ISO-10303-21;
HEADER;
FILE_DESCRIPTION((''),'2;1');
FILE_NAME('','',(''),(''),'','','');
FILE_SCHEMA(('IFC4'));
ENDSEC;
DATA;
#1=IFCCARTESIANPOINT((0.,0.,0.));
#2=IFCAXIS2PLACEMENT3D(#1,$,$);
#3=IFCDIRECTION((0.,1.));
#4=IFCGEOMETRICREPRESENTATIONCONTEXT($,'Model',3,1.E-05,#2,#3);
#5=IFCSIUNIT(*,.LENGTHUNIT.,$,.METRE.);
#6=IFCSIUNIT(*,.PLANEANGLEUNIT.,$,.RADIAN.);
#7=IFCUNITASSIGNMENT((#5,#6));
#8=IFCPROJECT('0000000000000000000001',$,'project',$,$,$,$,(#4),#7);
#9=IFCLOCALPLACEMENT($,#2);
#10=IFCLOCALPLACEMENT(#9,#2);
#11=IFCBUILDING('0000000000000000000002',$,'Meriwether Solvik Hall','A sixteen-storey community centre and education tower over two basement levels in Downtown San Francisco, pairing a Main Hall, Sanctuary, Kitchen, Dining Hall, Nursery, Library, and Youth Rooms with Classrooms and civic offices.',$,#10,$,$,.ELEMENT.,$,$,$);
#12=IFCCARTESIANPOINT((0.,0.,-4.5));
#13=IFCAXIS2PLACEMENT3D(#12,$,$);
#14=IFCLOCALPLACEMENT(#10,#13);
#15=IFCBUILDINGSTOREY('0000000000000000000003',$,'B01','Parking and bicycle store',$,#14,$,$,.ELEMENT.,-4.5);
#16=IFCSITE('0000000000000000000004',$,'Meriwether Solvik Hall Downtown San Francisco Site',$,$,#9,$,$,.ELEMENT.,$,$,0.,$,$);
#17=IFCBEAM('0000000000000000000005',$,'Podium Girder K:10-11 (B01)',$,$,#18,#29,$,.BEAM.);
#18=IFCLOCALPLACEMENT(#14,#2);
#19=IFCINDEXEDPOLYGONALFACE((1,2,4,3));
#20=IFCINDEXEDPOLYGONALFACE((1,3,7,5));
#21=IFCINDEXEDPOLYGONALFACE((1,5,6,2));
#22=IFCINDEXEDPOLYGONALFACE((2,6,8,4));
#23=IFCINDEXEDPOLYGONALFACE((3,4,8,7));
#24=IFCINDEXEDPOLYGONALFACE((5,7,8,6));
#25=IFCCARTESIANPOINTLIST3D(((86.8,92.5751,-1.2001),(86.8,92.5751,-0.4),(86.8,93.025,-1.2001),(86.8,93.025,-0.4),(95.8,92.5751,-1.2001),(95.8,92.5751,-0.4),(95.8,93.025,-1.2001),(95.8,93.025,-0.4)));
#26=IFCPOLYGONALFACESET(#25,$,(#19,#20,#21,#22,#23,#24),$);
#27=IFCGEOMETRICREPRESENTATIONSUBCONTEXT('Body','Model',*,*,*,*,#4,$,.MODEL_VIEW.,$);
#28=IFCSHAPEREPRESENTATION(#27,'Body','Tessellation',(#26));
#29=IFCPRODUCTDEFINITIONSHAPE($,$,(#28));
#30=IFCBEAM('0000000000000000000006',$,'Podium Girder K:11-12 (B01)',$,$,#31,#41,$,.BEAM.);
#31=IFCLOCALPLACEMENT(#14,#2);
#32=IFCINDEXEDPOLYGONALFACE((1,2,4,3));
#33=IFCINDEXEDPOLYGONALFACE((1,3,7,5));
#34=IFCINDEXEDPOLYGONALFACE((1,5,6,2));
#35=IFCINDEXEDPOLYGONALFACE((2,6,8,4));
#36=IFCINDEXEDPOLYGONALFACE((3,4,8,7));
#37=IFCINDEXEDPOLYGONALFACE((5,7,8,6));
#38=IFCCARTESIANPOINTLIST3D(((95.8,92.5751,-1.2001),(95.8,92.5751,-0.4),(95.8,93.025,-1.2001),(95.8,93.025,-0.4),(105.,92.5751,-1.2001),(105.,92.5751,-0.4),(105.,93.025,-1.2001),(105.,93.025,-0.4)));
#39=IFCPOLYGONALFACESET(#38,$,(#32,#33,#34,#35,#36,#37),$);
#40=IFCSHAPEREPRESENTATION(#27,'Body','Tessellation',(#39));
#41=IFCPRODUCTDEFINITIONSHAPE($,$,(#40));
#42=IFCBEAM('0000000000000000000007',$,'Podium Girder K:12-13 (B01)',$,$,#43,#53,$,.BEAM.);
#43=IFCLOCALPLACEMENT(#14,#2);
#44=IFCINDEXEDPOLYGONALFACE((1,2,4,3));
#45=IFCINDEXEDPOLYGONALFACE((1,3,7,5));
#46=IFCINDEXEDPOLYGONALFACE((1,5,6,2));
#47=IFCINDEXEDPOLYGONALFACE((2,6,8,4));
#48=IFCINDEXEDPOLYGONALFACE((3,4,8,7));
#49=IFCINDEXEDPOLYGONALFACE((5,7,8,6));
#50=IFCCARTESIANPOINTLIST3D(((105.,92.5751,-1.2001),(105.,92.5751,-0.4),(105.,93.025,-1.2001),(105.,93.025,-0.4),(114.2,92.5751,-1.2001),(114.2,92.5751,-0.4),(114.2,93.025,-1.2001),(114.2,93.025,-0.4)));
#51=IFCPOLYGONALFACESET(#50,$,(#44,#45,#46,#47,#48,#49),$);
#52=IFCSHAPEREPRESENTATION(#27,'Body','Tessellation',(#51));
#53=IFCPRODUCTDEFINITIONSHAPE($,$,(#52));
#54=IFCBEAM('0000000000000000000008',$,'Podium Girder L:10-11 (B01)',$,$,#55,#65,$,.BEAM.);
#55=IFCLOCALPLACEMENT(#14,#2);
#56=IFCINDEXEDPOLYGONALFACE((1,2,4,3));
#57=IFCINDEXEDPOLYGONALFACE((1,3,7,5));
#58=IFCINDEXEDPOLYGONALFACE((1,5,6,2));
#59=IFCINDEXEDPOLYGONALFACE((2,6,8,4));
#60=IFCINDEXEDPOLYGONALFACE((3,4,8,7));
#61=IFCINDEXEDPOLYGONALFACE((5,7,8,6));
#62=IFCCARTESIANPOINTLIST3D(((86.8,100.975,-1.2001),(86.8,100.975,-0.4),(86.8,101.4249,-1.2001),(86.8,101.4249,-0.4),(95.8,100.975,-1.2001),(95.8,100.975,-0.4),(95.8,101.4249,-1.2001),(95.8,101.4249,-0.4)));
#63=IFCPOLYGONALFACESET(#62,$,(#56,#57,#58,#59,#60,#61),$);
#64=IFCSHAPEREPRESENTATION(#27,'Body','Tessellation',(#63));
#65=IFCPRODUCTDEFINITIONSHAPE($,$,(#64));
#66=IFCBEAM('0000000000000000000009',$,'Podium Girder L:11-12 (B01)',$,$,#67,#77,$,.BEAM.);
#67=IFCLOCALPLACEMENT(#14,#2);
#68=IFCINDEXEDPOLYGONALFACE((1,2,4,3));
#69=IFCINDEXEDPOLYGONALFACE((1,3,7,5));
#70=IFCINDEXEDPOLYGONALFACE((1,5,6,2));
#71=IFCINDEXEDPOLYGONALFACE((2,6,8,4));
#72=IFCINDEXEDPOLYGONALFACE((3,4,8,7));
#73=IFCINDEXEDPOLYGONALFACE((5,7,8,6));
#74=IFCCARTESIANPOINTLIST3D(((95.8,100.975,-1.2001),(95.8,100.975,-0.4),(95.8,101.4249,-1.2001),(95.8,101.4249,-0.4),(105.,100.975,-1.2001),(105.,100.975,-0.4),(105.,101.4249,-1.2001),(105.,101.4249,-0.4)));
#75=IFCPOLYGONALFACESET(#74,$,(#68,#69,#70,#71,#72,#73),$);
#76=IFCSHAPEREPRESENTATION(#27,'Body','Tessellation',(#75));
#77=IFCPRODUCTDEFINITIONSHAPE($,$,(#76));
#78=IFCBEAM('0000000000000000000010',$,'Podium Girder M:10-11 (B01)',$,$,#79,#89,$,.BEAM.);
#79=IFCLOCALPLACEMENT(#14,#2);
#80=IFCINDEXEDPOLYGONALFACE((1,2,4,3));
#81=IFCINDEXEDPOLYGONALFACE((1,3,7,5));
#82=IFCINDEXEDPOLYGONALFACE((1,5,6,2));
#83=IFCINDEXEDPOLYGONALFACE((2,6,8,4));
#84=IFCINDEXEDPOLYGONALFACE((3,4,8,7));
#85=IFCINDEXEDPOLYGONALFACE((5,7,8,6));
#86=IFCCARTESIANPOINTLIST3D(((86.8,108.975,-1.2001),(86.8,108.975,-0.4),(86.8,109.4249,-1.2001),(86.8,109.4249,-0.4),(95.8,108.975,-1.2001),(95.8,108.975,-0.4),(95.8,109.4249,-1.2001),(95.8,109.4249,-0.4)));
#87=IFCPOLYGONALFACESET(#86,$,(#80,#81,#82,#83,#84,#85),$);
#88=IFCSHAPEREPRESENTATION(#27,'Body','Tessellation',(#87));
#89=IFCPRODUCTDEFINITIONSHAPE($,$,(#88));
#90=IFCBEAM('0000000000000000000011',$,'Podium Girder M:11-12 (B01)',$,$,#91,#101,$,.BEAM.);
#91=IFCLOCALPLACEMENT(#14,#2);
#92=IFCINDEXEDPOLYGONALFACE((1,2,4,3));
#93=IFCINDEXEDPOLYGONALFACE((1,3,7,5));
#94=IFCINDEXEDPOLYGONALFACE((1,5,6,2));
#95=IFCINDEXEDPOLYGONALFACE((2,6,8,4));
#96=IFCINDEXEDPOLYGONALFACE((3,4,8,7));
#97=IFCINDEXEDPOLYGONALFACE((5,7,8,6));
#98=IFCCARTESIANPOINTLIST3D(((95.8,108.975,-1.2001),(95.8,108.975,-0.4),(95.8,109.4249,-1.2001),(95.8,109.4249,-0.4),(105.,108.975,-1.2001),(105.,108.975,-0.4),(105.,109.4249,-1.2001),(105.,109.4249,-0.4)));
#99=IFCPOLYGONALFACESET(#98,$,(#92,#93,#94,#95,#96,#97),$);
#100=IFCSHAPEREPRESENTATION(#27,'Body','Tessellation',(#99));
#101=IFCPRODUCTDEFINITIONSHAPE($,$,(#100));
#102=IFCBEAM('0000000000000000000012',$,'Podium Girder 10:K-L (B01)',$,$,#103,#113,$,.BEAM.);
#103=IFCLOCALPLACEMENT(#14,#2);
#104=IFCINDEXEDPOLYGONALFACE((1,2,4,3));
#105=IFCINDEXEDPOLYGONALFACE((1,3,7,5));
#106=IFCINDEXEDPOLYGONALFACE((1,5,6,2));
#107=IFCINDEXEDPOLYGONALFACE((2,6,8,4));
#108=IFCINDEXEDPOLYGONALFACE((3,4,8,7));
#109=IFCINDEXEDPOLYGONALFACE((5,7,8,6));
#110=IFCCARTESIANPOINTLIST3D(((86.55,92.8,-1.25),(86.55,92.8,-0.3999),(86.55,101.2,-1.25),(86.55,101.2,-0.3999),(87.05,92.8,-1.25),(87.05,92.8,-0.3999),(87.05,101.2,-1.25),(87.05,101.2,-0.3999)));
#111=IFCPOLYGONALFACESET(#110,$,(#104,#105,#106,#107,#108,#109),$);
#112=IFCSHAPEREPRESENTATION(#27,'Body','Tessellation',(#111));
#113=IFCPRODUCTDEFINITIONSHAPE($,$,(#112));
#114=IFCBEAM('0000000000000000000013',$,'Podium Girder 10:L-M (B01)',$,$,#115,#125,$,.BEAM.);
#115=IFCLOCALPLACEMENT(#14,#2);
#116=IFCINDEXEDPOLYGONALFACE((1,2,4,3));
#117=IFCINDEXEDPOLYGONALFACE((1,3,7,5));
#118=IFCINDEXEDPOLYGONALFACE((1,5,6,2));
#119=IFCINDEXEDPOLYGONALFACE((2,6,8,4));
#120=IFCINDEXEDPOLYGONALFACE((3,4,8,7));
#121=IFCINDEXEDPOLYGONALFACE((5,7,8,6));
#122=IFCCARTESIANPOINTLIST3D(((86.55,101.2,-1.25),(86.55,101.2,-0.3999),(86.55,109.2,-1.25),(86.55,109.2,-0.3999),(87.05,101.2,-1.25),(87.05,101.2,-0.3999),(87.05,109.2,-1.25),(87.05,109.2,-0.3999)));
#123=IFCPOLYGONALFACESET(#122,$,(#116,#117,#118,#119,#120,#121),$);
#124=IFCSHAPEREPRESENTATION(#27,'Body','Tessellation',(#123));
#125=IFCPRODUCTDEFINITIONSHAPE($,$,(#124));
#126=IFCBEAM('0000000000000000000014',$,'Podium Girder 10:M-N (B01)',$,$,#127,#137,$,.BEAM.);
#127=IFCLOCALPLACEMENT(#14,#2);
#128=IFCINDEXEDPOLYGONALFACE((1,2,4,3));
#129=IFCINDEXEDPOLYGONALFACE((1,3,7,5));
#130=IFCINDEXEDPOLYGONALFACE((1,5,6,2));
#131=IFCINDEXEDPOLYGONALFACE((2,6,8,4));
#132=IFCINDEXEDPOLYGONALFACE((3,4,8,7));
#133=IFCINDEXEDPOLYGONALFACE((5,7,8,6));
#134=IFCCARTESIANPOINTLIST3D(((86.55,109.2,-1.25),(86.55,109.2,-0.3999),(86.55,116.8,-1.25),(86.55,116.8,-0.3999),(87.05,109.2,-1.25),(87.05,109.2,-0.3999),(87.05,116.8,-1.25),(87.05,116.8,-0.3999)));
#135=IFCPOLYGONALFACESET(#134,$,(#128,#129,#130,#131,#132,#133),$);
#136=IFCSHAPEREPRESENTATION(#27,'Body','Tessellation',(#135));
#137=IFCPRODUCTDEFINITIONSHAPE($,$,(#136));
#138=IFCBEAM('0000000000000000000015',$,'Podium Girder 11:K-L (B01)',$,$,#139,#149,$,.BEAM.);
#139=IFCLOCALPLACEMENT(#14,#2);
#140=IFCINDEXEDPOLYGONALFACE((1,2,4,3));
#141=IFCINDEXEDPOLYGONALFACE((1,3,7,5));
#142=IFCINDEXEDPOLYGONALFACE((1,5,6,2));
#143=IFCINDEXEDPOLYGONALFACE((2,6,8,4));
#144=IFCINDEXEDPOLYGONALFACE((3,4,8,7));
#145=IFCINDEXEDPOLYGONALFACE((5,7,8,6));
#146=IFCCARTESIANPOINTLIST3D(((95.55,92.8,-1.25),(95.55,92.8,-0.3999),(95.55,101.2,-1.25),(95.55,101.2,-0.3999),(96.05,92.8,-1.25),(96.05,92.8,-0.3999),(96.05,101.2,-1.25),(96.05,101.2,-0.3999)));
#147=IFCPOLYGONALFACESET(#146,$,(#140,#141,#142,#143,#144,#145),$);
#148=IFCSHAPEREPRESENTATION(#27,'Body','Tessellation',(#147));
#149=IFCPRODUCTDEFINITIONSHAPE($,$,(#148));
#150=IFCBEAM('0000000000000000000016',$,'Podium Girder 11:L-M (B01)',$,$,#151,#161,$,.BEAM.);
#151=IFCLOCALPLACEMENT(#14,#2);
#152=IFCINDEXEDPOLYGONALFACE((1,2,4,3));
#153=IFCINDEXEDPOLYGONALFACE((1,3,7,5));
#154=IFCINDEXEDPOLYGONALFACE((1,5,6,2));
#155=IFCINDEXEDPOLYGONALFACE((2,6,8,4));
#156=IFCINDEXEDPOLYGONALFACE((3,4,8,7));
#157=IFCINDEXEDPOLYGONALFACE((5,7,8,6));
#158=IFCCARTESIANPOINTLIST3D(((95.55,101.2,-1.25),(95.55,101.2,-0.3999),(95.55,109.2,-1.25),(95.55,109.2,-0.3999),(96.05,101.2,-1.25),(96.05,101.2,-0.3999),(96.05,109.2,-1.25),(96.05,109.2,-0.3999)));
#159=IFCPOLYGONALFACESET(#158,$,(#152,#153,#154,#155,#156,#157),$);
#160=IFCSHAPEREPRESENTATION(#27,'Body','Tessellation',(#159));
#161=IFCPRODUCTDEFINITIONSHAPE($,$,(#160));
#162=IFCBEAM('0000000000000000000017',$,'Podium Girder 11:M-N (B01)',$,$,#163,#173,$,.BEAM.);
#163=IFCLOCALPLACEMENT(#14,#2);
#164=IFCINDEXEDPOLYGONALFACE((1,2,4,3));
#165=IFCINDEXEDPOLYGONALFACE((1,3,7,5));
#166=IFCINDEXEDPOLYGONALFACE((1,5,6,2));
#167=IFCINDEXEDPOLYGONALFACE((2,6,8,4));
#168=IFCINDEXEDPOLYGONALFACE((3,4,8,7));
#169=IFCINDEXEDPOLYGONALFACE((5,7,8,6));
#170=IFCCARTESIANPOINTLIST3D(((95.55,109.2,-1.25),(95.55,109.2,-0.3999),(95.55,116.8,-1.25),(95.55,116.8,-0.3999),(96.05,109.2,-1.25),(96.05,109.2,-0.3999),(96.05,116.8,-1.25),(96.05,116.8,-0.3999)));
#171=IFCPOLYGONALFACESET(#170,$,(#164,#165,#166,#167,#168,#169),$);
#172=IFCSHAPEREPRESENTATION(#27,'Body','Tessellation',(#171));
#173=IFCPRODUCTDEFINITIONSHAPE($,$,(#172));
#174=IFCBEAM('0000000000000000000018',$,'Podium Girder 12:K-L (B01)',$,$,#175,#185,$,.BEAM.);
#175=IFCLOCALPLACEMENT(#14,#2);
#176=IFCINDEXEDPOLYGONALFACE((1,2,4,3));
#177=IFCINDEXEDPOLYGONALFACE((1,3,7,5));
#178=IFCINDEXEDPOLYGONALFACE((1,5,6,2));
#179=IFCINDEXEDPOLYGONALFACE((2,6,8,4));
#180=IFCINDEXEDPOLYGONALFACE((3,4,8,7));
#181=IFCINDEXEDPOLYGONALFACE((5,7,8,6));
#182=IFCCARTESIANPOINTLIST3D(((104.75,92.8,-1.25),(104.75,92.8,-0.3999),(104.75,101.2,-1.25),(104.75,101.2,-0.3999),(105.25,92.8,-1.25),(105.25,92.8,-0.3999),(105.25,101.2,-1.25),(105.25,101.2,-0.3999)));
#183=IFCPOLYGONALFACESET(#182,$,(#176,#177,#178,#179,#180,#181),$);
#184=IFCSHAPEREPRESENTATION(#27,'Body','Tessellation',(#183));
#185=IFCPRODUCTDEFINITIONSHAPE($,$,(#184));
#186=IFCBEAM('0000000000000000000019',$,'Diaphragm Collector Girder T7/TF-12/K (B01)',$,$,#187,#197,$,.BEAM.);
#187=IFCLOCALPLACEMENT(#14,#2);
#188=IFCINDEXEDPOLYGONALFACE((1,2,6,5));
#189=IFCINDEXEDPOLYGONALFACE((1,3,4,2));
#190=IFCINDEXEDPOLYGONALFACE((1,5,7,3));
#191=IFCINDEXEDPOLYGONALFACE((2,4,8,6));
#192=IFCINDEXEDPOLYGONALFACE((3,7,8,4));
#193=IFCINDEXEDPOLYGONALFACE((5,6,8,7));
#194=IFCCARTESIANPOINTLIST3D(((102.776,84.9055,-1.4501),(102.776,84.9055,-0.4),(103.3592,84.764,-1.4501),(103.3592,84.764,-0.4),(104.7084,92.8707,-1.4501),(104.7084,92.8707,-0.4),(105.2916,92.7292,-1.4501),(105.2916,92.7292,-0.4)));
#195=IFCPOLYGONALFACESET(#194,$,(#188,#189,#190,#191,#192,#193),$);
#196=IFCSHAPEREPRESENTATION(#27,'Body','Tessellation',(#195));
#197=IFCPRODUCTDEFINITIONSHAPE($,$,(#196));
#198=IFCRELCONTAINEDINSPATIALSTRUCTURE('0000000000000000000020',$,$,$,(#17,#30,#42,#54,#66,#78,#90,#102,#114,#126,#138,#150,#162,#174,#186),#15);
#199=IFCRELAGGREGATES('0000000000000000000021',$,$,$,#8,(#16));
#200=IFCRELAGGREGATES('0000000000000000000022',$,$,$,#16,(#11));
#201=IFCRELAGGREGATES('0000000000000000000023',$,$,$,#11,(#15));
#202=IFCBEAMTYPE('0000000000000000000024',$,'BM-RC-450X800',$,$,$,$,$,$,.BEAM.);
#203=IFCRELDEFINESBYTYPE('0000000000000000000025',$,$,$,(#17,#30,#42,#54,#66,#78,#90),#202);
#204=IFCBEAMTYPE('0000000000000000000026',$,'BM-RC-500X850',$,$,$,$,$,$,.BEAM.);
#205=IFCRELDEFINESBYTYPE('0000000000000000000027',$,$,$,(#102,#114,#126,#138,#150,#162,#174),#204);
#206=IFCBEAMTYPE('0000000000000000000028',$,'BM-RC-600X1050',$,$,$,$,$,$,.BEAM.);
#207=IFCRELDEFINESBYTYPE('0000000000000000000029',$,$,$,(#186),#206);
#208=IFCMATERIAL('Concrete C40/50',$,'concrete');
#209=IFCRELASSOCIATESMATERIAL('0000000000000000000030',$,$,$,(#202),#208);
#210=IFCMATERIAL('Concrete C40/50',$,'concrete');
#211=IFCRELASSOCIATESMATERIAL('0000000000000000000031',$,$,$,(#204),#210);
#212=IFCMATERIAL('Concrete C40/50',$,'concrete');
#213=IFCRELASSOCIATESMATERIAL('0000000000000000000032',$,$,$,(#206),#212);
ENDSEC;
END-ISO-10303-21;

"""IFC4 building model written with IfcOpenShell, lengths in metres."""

from ifc_helpers import new_model, si_unit, direction, frame, origin, origin_2d, place, context, subcontext, project, spatial, rectangle, extrude, material, material_profile, profile_set, type_object, element, save


model = new_model("IFC4")

# Units and contexts
model_context = context("Model", 3, precision=1e-05, world=origin(), true_north=direction((0.0, 1.0)))
body_context = subcontext(model_context, "Body", "Model", "MODEL_VIEW")
ifc_project = project(units=[si_unit("LENGTHUNIT", "METRE"), si_unit("PLANEANGLEUNIT", "RADIAN")], contexts=[model_context])

# Site, building, storey
site_placement = place(None, origin())
site = spatial("IfcSite", under=ifc_project, at=site_placement, Name="Meriwether Solvik Hall Downtown San Francisco Site", CompositionType="ELEMENT", RefElevation=0.0)
building_placement = place(site_placement, origin())
building = spatial("IfcBuilding", under=site, at=building_placement, Name="Meriwether Solvik Hall", Description="A sixteen-storey community centre and education tower over two basement levels in Downtown San Francisco, pairing a Main Hall, Sanctuary, Kitchen, Dining Hall, Nursery, Library, and Youth Rooms with Classrooms and civic offices.", CompositionType="ELEMENT")
storey_placement = place(building_placement, frame((0.0, 0.0, -4.5)))
storey = spatial("IfcBuildingStorey", under=building, at=storey_placement, Name="B01", Description="Parking and bicycle store", CompositionType="ELEMENT", Elevation=-4.5)

# Beams
ifc_material_1 = material(Name="Concrete C40/50", Category="concrete")
ifc_material_profile_1 = material_profile(ifc_material_1, rectangle(XDim=0.45, YDim=0.8, at=origin_2d()), Name="RCB-450X800")
ifc_profile_set_1 = profile_set([ifc_material_profile_1], Name="Concrete C40/50")
beam_type_1 = type_object("IfcBeamType", Name="BM-RC-450X800", PredefinedType="BEAM", material=ifc_profile_set_1)
beam_1_placement = place(storey_placement, frame((86.8, 92.8, -0.8), z_axis=(1.0, 0.0, 0.0), x_axis=(0.0, 1.0, 0.0)))
element("IfcBeam", 1, at=beam_1_placement, inside=storey, type_object=beam_type_1, Name="Podium Girder K:10-11 (B01)", PredefinedType="BEAM", context=body_context, shape_type="SweptSolid", body=[
    extrude(rectangle(XDim=0.45, YDim=0.8, at=origin_2d()), origin(), (0.0, 0.0, 1.0), 9.0),
])
for number, where, z_axis, x_axis, name in (
    (2, (95.8, 92.8, -0.8), (1.0, 0.0, 0.0), (0.0, 1.0, 0.0), "Podium Girder K:11-12 (B01)"),
    (3, (105.0, 92.8, -0.8), (1.0, 0.0, 0.0), (0.0, 1.0, 0.0), "Podium Girder K:12-13 (B01)"),
):
    element("IfcBeam", number, at=place(storey_placement, frame(where, z_axis=z_axis, x_axis=x_axis)), inside=storey, type_object=beam_type_1, Name=name, PredefinedType="BEAM", context=body_context, shape_type="SweptSolid", body=[
        extrude(rectangle(XDim=0.45, YDim=0.8, at=origin_2d()), origin(), (0.0, 0.0, 1.0), 9.2),
    ])
beam_2_placement = place(storey_placement, frame((86.8, 101.2, -0.8), z_axis=(1.0, 0.0, 0.0), x_axis=(0.0, 1.0, 0.0)))
element("IfcBeam", 4, at=beam_2_placement, inside=storey, type_object=beam_type_1, Name="Podium Girder L:10-11 (B01)", PredefinedType="BEAM", context=body_context, shape_type="SweptSolid", body=[
    extrude(rectangle(XDim=0.45, YDim=0.8, at=origin_2d()), origin(), (0.0, 0.0, 1.0), 9.0),
])
beam_3_placement = place(storey_placement, frame((95.8, 101.2, -0.8), z_axis=(1.0, 0.0, 0.0), x_axis=(0.0, 1.0, 0.0)))
element("IfcBeam", 5, at=beam_3_placement, inside=storey, type_object=beam_type_1, Name="Podium Girder L:11-12 (B01)", PredefinedType="BEAM", context=body_context, shape_type="SweptSolid", body=[
    extrude(rectangle(XDim=0.45, YDim=0.8, at=origin_2d()), origin(), (0.0, 0.0, 1.0), 9.2),
])
beam_4_placement = place(storey_placement, frame((86.8, 109.2, -0.8), z_axis=(1.0, 0.0, 0.0), x_axis=(0.0, 1.0, 0.0)))
element("IfcBeam", 6, at=beam_4_placement, inside=storey, type_object=beam_type_1, Name="Podium Girder M:10-11 (B01)", PredefinedType="BEAM", context=body_context, shape_type="SweptSolid", body=[
    extrude(rectangle(XDim=0.45, YDim=0.8, at=origin_2d()), origin(), (0.0, 0.0, 1.0), 9.0),
])
beam_5_placement = place(storey_placement, frame((95.8, 109.2, -0.8), z_axis=(1.0, 0.0, 0.0), x_axis=(0.0, 1.0, 0.0)))
element("IfcBeam", 7, at=beam_5_placement, inside=storey, type_object=beam_type_1, Name="Podium Girder M:11-12 (B01)", PredefinedType="BEAM", context=body_context, shape_type="SweptSolid", body=[
    extrude(rectangle(XDim=0.45, YDim=0.8, at=origin_2d()), origin(), (0.0, 0.0, 1.0), 9.2),
])
ifc_material_2 = material(Name="Concrete C40/50", Category="concrete")
ifc_material_profile_2 = material_profile(ifc_material_2, rectangle(XDim=0.5, YDim=0.8501, at=origin_2d()), Name="RCB-500X850")
ifc_profile_set_2 = profile_set([ifc_material_profile_2], Name="Concrete C40/50")
beam_type_2 = type_object("IfcBeamType", Name="BM-RC-500X850", PredefinedType="BEAM", material=ifc_profile_set_2)
beam_6_placement = place(storey_placement, frame((86.8, 92.8, -0.825), z_axis=(0.0, 1.0, 0.0), x_axis=(-1.0, 0.0, 0.0)))
element("IfcBeam", 8, at=beam_6_placement, inside=storey, type_object=beam_type_2, Name="Podium Girder 10:K-L (B01)", PredefinedType="BEAM", context=body_context, shape_type="SweptSolid", body=[
    extrude(rectangle(XDim=0.5, YDim=0.8501, at=origin_2d()), origin(), (0.0, 0.0, 1.0), 8.3999),
])
beam_7_placement = place(storey_placement, frame((86.8, 101.2, -0.825), z_axis=(0.0, 1.0, 0.0), x_axis=(-1.0, 0.0, 0.0)))
element("IfcBeam", 9, at=beam_7_placement, inside=storey, type_object=beam_type_2, Name="Podium Girder 10:L-M (B01)", PredefinedType="BEAM", context=body_context, shape_type="SweptSolid", body=[
    extrude(rectangle(XDim=0.5, YDim=0.8501, at=origin_2d()), origin(), (0.0, 0.0, 1.0), 8.0),
])
beam_8_placement = place(storey_placement, frame((86.8, 109.2, -0.825), z_axis=(0.0, 1.0, 0.0), x_axis=(-1.0, 0.0, 0.0)))
element("IfcBeam", 10, at=beam_8_placement, inside=storey, type_object=beam_type_2, Name="Podium Girder 10:M-N (B01)", PredefinedType="BEAM", context=body_context, shape_type="SweptSolid", body=[
    extrude(rectangle(XDim=0.5, YDim=0.8501, at=origin_2d()), origin(), (0.0, 0.0, 1.0), 7.6001),
])
beam_9_placement = place(storey_placement, frame((95.8, 92.8, -0.825), z_axis=(0.0, 1.0, 0.0), x_axis=(-1.0, 0.0, 0.0)))
element("IfcBeam", 11, at=beam_9_placement, inside=storey, type_object=beam_type_2, Name="Podium Girder 11:K-L (B01)", PredefinedType="BEAM", context=body_context, shape_type="SweptSolid", body=[
    extrude(rectangle(XDim=0.5, YDim=0.8501, at=origin_2d()), origin(), (0.0, 0.0, 1.0), 8.3999),
])
beam_10_placement = place(storey_placement, frame((95.8, 101.2, -0.825), z_axis=(0.0, 1.0, 0.0), x_axis=(-1.0, 0.0, 0.0)))
element("IfcBeam", 12, at=beam_10_placement, inside=storey, type_object=beam_type_2, Name="Podium Girder 11:L-M (B01)", PredefinedType="BEAM", context=body_context, shape_type="SweptSolid", body=[
    extrude(rectangle(XDim=0.5, YDim=0.8501, at=origin_2d()), origin(), (0.0, 0.0, 1.0), 8.0),
])
beam_11_placement = place(storey_placement, frame((95.8, 109.2, -0.825), z_axis=(0.0, 1.0, 0.0), x_axis=(-1.0, 0.0, 0.0)))
element("IfcBeam", 13, at=beam_11_placement, inside=storey, type_object=beam_type_2, Name="Podium Girder 11:M-N (B01)", PredefinedType="BEAM", context=body_context, shape_type="SweptSolid", body=[
    extrude(rectangle(XDim=0.5, YDim=0.8501, at=origin_2d()), origin(), (0.0, 0.0, 1.0), 7.6001),
])
beam_12_placement = place(storey_placement, frame((105.0, 92.8, -0.825), z_axis=(0.0, 1.0, 0.0), x_axis=(-1.0, 0.0, 0.0)))
element("IfcBeam", 14, at=beam_12_placement, inside=storey, type_object=beam_type_2, Name="Podium Girder 12:K-L (B01)", PredefinedType="BEAM", context=body_context, shape_type="SweptSolid", body=[
    extrude(rectangle(XDim=0.5, YDim=0.8501, at=origin_2d()), origin(), (0.0, 0.0, 1.0), 8.3999),
])
ifc_material_3 = material(Name="Concrete C40/50", Category="concrete")
ifc_material_profile_3 = material_profile(ifc_material_3, rectangle(XDim=0.6001, YDim=1.05, at=origin_2d()), Name="RCB-600X1050")
ifc_profile_set_3 = profile_set([ifc_material_profile_3], Name="Concrete C40/50")
beam_type_3 = type_object("IfcBeamType", Name="BM-RC-600X1050", PredefinedType="BEAM", material=ifc_profile_set_3)
beam_13_placement = place(storey_placement, frame((103.0676, 84.8347, -0.925), z_axis=(0.235759, 0.971811, 0.0), x_axis=(-0.971811, 0.235759, 0.0)))
element("IfcBeam", 15, at=beam_13_placement, inside=storey, type_object=beam_type_3, Name="Diaphragm Collector Girder T7/TF-12/K (B01)", PredefinedType="BEAM", context=body_context, shape_type="SweptSolid", body=[
    extrude(rectangle(XDim=0.6001, YDim=1.05, at=origin_2d()), origin(), (0.0, 0.0, 1.0), 8.1963),
])

save(model, "model.ifc")
